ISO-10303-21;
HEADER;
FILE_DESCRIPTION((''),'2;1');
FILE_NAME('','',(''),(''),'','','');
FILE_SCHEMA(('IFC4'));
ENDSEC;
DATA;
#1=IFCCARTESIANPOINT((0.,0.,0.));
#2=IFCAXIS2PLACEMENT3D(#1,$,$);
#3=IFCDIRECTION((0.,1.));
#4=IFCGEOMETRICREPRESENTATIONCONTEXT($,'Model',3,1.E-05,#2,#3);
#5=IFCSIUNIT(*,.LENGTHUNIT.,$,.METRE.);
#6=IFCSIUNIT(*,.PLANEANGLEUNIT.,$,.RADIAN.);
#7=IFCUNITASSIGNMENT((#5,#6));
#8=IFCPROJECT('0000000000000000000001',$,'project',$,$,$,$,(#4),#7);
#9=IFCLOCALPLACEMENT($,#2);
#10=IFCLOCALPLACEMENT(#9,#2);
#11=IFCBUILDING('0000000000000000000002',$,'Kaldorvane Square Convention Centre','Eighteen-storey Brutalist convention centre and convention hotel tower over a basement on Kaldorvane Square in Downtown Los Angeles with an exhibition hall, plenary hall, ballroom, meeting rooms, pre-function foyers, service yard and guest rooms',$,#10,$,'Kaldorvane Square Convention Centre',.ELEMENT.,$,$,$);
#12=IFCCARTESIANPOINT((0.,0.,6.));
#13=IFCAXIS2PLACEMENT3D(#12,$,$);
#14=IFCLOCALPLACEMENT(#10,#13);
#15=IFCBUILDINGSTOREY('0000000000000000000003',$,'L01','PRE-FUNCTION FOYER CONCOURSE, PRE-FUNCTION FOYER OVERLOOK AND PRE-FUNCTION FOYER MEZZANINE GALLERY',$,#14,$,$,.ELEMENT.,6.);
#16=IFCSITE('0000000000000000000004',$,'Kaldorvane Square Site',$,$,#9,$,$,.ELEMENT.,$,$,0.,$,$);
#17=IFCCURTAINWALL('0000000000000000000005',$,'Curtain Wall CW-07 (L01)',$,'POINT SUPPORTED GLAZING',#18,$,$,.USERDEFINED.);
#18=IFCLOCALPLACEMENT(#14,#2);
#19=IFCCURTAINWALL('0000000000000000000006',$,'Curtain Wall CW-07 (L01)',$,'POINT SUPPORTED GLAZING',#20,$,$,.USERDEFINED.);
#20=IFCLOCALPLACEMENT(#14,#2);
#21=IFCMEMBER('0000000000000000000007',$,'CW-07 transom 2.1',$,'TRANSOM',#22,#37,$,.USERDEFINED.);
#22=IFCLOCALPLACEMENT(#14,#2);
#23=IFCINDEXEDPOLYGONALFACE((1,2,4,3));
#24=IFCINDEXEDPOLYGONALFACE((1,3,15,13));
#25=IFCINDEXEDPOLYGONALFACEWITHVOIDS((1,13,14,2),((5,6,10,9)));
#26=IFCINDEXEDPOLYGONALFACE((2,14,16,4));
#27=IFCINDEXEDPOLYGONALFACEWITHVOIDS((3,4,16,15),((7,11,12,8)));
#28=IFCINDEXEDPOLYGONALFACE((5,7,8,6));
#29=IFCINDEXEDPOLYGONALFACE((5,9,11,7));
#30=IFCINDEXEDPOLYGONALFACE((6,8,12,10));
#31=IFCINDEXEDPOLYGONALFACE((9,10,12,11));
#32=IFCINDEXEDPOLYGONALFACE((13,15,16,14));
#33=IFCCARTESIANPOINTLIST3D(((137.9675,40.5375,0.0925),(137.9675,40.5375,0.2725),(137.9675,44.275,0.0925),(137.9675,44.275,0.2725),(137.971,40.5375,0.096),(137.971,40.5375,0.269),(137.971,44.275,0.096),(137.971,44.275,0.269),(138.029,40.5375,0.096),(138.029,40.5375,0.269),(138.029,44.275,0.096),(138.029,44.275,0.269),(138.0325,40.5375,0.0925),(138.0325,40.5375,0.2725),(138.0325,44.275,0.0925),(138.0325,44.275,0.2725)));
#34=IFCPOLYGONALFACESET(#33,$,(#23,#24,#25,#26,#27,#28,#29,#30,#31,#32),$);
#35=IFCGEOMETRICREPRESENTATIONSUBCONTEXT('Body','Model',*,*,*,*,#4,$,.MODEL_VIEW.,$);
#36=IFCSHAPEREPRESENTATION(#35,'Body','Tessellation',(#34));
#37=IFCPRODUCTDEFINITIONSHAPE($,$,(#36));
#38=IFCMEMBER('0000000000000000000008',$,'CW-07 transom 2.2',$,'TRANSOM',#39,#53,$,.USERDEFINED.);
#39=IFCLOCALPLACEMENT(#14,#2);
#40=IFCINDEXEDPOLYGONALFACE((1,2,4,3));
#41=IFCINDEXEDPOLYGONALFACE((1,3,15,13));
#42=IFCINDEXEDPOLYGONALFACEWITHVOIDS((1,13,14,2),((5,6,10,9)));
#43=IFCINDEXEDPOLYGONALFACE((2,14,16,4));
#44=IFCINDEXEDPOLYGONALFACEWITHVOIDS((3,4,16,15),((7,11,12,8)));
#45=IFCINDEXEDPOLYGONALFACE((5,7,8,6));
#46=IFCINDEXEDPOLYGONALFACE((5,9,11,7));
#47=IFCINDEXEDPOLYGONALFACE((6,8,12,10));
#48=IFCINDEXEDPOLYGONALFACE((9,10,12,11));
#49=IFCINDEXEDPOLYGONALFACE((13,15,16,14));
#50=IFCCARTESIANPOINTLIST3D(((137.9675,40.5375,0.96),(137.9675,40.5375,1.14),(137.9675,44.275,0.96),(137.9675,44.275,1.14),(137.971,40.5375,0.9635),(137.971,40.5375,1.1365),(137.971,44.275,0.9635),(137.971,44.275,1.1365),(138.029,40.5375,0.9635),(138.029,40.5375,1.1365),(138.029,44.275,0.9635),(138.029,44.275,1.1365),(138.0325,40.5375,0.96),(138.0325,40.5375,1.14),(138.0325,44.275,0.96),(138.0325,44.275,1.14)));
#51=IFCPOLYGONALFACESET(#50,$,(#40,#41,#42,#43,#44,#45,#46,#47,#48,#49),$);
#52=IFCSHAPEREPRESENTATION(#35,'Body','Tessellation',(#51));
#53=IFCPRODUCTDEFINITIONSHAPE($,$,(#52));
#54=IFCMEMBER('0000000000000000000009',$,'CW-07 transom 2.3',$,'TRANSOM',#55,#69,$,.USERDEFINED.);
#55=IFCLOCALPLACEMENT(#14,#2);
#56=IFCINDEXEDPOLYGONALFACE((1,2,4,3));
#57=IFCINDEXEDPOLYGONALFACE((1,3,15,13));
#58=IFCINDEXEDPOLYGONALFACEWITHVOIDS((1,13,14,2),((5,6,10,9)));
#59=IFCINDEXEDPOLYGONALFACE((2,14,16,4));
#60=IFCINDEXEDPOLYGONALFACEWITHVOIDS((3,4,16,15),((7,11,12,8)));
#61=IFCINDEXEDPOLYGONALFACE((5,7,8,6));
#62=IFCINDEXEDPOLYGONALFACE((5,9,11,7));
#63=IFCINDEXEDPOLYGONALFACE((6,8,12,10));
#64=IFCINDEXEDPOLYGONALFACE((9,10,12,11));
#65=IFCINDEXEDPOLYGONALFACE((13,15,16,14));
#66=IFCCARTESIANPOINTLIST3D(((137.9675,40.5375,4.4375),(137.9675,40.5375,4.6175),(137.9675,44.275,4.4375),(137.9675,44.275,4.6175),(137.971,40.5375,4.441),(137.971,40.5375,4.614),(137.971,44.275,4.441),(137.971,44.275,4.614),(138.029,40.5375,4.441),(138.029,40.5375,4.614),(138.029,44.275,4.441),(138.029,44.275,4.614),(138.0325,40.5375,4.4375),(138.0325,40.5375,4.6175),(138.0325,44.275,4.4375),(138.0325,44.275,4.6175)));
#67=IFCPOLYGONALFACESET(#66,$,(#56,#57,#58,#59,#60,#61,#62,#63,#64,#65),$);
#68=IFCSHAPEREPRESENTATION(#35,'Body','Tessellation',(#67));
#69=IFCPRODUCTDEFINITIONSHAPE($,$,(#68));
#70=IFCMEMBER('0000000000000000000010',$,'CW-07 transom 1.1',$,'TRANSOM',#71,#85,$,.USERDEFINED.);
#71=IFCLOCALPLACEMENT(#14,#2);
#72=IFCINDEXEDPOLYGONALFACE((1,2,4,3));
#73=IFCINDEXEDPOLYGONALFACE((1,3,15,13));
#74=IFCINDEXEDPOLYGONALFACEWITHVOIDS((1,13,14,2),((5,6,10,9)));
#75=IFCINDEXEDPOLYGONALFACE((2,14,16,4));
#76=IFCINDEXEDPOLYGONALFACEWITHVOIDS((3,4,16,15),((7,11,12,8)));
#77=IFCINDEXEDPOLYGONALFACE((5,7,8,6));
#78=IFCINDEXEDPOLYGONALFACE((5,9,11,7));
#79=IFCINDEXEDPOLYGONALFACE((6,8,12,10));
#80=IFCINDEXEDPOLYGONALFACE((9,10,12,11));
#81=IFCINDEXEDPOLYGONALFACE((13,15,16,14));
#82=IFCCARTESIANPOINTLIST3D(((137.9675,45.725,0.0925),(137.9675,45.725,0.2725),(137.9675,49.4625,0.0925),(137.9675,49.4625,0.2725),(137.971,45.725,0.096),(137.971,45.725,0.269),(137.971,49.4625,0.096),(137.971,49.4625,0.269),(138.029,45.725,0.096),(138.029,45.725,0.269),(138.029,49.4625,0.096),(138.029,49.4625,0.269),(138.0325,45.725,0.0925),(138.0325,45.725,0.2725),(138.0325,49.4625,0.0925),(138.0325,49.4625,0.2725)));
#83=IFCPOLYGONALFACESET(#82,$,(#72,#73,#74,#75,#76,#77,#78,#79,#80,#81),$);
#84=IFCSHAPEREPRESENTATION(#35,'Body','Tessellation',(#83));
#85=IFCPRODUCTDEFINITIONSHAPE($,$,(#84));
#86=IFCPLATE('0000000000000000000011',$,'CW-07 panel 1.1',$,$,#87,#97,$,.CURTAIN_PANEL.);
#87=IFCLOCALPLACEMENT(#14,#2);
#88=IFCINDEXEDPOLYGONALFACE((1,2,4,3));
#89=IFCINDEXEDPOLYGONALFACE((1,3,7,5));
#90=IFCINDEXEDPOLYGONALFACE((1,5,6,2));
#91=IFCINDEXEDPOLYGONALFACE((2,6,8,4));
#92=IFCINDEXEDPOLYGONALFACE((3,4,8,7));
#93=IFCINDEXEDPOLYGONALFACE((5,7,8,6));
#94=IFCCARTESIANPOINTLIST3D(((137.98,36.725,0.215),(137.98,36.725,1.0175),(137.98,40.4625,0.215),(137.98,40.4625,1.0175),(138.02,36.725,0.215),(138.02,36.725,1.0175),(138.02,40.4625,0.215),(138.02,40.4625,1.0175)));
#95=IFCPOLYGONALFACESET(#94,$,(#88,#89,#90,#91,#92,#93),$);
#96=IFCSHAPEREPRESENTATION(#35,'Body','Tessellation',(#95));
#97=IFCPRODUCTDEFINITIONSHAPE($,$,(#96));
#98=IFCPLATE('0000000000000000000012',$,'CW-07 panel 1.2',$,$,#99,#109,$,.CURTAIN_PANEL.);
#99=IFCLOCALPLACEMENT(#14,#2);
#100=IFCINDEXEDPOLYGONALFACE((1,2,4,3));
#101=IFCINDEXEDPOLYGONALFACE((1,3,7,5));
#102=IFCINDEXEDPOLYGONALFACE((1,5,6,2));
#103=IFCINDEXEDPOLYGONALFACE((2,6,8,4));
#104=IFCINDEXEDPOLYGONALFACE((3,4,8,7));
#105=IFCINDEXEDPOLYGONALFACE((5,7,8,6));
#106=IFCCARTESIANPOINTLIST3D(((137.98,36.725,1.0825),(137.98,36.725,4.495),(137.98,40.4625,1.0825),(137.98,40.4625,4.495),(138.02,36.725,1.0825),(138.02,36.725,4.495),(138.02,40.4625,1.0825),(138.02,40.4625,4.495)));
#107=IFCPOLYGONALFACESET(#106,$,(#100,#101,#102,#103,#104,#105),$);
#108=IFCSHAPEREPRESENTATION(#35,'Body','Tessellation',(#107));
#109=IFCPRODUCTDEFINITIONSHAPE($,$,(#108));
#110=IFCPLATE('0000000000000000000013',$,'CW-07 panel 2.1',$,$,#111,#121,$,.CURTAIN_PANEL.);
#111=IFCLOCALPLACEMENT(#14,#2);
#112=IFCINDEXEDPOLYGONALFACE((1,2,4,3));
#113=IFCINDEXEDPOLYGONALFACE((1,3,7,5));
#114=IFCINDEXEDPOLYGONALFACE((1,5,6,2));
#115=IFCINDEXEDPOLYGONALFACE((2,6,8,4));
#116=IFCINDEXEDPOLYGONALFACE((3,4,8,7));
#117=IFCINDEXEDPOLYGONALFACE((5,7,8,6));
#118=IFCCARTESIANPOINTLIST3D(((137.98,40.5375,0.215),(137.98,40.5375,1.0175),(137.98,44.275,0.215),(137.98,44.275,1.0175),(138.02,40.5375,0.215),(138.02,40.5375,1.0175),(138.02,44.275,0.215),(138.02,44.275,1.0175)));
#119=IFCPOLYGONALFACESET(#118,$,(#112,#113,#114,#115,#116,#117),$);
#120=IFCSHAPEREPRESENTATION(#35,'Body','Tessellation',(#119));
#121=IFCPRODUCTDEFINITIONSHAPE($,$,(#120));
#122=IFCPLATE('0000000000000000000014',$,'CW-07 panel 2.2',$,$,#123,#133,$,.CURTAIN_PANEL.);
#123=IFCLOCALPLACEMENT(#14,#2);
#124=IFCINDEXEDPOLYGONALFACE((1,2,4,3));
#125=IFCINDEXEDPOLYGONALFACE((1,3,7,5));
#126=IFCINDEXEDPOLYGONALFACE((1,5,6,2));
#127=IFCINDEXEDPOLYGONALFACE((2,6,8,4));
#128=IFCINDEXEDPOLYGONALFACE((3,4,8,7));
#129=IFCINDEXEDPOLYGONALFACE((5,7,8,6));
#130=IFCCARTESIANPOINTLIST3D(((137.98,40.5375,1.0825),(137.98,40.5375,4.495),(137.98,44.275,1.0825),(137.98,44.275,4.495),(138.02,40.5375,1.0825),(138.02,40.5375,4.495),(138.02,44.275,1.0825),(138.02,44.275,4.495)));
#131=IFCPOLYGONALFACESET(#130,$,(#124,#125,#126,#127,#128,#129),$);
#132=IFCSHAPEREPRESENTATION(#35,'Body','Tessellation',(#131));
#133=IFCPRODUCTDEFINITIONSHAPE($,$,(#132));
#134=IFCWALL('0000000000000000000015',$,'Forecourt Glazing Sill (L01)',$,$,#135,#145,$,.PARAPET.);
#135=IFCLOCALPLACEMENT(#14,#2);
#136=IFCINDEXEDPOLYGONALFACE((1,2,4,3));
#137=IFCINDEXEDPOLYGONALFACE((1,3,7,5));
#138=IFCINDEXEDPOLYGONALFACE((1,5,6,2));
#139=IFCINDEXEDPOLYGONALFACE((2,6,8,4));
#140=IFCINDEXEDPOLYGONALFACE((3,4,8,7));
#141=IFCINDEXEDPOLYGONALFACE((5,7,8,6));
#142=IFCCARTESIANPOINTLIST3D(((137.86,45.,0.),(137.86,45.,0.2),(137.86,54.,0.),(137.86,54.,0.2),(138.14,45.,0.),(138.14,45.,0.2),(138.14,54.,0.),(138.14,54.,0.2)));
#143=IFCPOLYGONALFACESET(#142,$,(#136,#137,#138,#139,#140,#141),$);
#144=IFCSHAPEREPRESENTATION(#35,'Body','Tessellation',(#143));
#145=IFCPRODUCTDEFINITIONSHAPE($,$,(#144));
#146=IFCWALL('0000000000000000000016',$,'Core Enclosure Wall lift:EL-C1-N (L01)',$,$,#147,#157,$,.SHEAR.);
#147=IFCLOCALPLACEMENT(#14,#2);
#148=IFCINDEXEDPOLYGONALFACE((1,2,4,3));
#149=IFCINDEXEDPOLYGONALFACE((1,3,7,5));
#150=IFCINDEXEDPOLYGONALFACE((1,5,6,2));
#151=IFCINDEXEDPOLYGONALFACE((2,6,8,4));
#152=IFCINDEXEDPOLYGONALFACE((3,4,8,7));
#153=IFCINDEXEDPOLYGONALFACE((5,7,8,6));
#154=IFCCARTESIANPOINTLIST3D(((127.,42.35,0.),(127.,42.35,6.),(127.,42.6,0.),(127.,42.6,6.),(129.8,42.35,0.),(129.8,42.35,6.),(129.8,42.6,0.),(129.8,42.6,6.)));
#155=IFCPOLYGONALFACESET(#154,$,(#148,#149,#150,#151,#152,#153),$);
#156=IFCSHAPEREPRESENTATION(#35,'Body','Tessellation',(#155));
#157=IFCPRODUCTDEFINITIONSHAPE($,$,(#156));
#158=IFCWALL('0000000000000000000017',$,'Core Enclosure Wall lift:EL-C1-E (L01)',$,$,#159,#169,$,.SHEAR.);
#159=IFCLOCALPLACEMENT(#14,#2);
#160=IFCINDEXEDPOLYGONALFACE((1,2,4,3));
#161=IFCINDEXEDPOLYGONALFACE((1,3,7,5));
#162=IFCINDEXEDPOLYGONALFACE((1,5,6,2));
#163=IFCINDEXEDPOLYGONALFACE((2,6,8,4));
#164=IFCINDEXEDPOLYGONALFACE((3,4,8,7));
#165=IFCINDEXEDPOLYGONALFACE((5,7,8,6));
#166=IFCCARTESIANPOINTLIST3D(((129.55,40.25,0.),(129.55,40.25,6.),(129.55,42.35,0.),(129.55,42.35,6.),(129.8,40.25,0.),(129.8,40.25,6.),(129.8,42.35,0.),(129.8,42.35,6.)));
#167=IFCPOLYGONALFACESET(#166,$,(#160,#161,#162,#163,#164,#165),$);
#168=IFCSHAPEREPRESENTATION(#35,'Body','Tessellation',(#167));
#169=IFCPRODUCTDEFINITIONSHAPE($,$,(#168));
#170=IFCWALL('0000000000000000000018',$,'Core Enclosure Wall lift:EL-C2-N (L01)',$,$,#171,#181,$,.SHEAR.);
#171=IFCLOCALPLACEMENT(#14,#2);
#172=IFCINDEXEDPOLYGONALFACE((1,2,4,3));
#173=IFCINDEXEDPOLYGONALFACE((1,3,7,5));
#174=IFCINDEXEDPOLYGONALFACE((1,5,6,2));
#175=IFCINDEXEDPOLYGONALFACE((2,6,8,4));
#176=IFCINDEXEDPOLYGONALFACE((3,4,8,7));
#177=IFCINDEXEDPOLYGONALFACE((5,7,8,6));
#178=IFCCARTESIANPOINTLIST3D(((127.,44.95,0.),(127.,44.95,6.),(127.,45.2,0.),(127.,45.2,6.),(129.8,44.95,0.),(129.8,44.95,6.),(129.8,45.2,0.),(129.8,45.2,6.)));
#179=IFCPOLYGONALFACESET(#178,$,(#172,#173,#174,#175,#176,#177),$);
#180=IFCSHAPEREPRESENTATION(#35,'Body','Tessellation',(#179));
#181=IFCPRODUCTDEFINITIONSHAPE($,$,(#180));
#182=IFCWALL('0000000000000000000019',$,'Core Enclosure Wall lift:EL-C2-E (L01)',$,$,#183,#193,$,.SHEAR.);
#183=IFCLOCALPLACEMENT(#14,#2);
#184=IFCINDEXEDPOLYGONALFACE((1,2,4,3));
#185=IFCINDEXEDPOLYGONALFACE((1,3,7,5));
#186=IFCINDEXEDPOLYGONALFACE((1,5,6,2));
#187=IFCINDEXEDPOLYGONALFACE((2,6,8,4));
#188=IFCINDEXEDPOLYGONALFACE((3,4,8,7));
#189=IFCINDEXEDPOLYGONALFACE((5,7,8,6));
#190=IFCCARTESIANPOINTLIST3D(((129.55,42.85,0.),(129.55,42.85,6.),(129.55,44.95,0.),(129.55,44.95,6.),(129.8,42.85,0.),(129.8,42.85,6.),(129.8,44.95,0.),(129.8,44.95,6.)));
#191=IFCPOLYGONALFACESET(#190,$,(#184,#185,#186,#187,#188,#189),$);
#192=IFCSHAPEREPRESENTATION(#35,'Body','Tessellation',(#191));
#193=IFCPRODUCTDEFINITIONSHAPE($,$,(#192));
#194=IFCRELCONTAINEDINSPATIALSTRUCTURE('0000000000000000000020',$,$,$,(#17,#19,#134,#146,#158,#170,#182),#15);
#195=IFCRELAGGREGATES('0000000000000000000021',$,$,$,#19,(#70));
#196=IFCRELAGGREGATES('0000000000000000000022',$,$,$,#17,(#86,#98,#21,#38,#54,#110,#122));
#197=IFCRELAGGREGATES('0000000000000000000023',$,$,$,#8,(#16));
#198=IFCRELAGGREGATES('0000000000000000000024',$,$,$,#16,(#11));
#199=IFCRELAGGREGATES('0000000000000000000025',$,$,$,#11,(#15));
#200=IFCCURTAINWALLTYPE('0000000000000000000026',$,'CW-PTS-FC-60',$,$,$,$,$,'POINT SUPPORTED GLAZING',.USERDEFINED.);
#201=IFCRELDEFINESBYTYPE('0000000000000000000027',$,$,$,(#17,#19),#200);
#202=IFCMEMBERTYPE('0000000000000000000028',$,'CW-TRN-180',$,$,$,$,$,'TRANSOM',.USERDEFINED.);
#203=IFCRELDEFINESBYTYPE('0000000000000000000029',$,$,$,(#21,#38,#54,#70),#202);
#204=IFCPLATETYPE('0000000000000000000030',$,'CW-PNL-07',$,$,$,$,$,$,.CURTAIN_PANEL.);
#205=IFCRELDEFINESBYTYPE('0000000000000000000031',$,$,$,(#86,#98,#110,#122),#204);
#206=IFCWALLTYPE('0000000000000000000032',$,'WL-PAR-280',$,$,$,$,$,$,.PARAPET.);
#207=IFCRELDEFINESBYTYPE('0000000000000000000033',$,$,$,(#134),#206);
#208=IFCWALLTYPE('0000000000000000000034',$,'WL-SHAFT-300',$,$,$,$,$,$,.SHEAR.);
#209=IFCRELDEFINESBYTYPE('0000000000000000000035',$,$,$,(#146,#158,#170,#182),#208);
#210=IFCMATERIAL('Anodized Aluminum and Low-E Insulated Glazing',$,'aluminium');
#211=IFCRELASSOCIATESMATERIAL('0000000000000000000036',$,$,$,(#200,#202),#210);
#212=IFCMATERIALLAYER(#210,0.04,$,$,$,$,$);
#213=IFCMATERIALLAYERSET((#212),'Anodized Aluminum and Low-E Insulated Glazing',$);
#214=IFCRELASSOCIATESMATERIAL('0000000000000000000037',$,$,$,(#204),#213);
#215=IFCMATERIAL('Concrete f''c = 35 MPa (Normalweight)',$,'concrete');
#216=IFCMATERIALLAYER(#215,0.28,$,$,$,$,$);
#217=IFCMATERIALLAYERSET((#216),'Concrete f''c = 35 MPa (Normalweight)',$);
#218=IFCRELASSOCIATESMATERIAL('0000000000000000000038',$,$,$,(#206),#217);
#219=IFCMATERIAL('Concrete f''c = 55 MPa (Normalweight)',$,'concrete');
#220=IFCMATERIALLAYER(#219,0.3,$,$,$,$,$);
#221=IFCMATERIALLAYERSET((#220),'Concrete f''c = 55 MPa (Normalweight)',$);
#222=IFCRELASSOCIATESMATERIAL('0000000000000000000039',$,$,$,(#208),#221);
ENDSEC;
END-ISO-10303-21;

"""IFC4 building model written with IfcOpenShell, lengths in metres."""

from ifc_helpers import new_model, si_unit, direction, frame, frame_2d, origin, origin_2d, place, context, subcontext, project, spatial, rectangle, hollow_rectangle, extrude, material, layer, layer_set, material_profile, profile_set, type_object, element, aggregate, save


model = new_model("IFC4")

# Units and contexts
model_context = context("Model", 3, precision=1e-05, world=origin(), true_north=direction((0.0, 1.0)))
body_context = subcontext(model_context, "Body", "Model", "MODEL_VIEW")
ifc_project = project(units=[si_unit("LENGTHUNIT", "METRE"), si_unit("PLANEANGLEUNIT", "RADIAN")], contexts=[model_context])

# Site, building, storey
site_placement = place(None, origin())
site = spatial("IfcSite", under=ifc_project, at=site_placement, Name="Kaldorvane Square Site", CompositionType="ELEMENT", RefElevation=0.0)
building_placement = place(site_placement, origin())
building = spatial("IfcBuilding", under=site, at=building_placement, Name="Kaldorvane Square Convention Centre", Description="Eighteen-storey Brutalist convention centre and convention hotel tower over a basement on Kaldorvane Square in Downtown Los Angeles with an exhibition hall, plenary hall, ballroom, meeting rooms, pre-function foyers, service yard and guest rooms", LongName="Kaldorvane Square Convention Centre", CompositionType="ELEMENT")
storey_placement = place(building_placement, frame((0.0, 0.0, 6.0)))
storey = spatial("IfcBuildingStorey", under=building, at=storey_placement, Name="L01", Description="PRE-FUNCTION FOYER CONCOURSE, PRE-FUNCTION FOYER OVERLOOK AND PRE-FUNCTION FOYER MEZZANINE GALLERY", CompositionType="ELEMENT", Elevation=6.0)

# Curtain wall
ifc_material_1 = material(Name="Anodized Aluminum and Low-E Insulated Glazing", Category="aluminium")
curtain_wall_type = type_object("IfcCurtainWallType", Name="CW-PTS-FC-60", ElementType="POINT SUPPORTED GLAZING", PredefinedType="USERDEFINED", material=ifc_material_1)
curtain_wall_1_placement = place(storey_placement, origin())
curtain_wall_1 = element("IfcCurtainWall", 1, at=curtain_wall_1_placement, inside=storey, type_object=curtain_wall_type, Name="Curtain Wall CW-07 (L01)", ObjectType="POINT SUPPORTED GLAZING", PredefinedType="USERDEFINED")

# Curtain wall
curtain_wall_2_placement = place(storey_placement, origin())
curtain_wall_2 = element("IfcCurtainWall", 2, at=curtain_wall_2_placement, inside=storey, type_object=curtain_wall_type, Name="Curtain Wall CW-07 (L01)", ObjectType="POINT SUPPORTED GLAZING", PredefinedType="USERDEFINED")

# Members
ifc_material_profile_1 = material_profile(ifc_material_1, hollow_rectangle(XDim=0.065, YDim=0.18, WallThickness=0.0035, at=origin_2d()), Name="CWT-180X65")
ifc_profile_set_1 = profile_set([ifc_material_profile_1], Name="Anodized Aluminum and Low-E Insulated Glazing")
member_type_1 = type_object("IfcMemberType", Name="CW-TRN-180", ElementType="TRANSOM", PredefinedType="USERDEFINED", material=ifc_profile_set_1)
member_1_placement = place(storey_placement, frame((138.0, 40.5375, 0.1825), z_axis=(0.0, 1.0, 0.0), x_axis=(-1.0, 0.0, 0.0)))
member_1 = element("IfcMember", 3, at=member_1_placement, type_object=member_type_1, Name="CW-07 transom 2.1", ObjectType="TRANSOM", PredefinedType="USERDEFINED", context=body_context, shape_type="SweptSolid", body=[
    extrude(hollow_rectangle(XDim=0.065, YDim=0.18, WallThickness=0.0035, at=origin_2d()), origin(), (0.0, 0.0, 1.0), 3.7375),
])
member_2_placement = place(storey_placement, frame((138.0, 40.5375, 1.05), z_axis=(0.0, 1.0, 0.0), x_axis=(-1.0, 0.0, 0.0)))
member_2 = element("IfcMember", 4, at=member_2_placement, type_object=member_type_1, Name="CW-07 transom 2.2", ObjectType="TRANSOM", PredefinedType="USERDEFINED", context=body_context, shape_type="SweptSolid", body=[
    extrude(hollow_rectangle(XDim=0.065, YDim=0.18, WallThickness=0.0035, at=origin_2d()), origin(), (0.0, 0.0, 1.0), 3.7375),
])
member_3_placement = place(storey_placement, frame((138.0, 40.5375, 4.5275), z_axis=(0.0, 1.0, 0.0), x_axis=(-1.0, 0.0, 0.0)))
member_3 = element("IfcMember", 5, at=member_3_placement, type_object=member_type_1, Name="CW-07 transom 2.3", ObjectType="TRANSOM", PredefinedType="USERDEFINED", context=body_context, shape_type="SweptSolid", body=[
    extrude(hollow_rectangle(XDim=0.065, YDim=0.18, WallThickness=0.0035, at=origin_2d()), origin(), (0.0, 0.0, 1.0), 3.7375),
])
member_4_placement = place(storey_placement, frame((138.0, 45.725, 0.1825), z_axis=(0.0, 1.0, 0.0), x_axis=(-1.0, 0.0, 0.0)))
member_4 = element("IfcMember", 6, at=member_4_placement, type_object=member_type_1, Name="CW-07 transom 1.1", ObjectType="TRANSOM", PredefinedType="USERDEFINED", context=body_context, shape_type="SweptSolid", body=[
    extrude(hollow_rectangle(XDim=0.065, YDim=0.18, WallThickness=0.0035, at=origin_2d()), origin(), (0.0, 0.0, 1.0), 3.7375),
])
aggregate(curtain_wall_2, [member_4])

# Plates
ifc_layer_1 = layer(ifc_material_1, 0.04)
ifc_layer_set_1 = layer_set([ifc_layer_1], Name="Anodized Aluminum and Low-E Insulated Glazing")
plate_type = type_object("IfcPlateType", Name="CW-PNL-07", PredefinedType="CURTAIN_PANEL", material=ifc_layer_set_1)
plate_1_placement = place(storey_placement, frame((138.0, 38.5938, 0.215), z_axis=(0.0, 0.0, 1.0), x_axis=(0.0, 1.0, 0.0)))
plate_1 = element("IfcPlate", 7, at=plate_1_placement, type_object=plate_type, Name="CW-07 panel 1.1", PredefinedType="CURTAIN_PANEL", context=body_context, shape_type="SweptSolid", body=[
    extrude(rectangle(XDim=3.7375, YDim=0.04, at=origin_2d()), origin(), (0.0, 0.0, 1.0), 0.8025),
])
plate_2_placement = place(storey_placement, frame((138.0, 38.5938, 1.0825), z_axis=(0.0, 0.0, 1.0), x_axis=(0.0, 1.0, 0.0)))
plate_2 = element("IfcPlate", 8, at=plate_2_placement, type_object=plate_type, Name="CW-07 panel 1.2", PredefinedType="CURTAIN_PANEL", context=body_context, shape_type="SweptSolid", body=[
    extrude(rectangle(XDim=3.7375, YDim=0.04, at=origin_2d()), origin(), (0.0, 0.0, 1.0), 3.4125),
])
plate_3_placement = place(storey_placement, frame((138.0, 42.4062, 0.215), z_axis=(0.0, 0.0, 1.0), x_axis=(0.0, 1.0, 0.0)))
plate_3 = element("IfcPlate", 9, at=plate_3_placement, type_object=plate_type, Name="CW-07 panel 2.1", PredefinedType="CURTAIN_PANEL", context=body_context, shape_type="SweptSolid", body=[
    extrude(rectangle(XDim=3.7375, YDim=0.04, at=origin_2d()), origin(), (0.0, 0.0, 1.0), 0.8025),
])
plate_4_placement = place(storey_placement, frame((138.0, 42.4062, 1.0825), z_axis=(0.0, 0.0, 1.0), x_axis=(0.0, 1.0, 0.0)))
plate_4 = element("IfcPlate", 10, at=plate_4_placement, type_object=plate_type, Name="CW-07 panel 2.2", PredefinedType="CURTAIN_PANEL", context=body_context, shape_type="SweptSolid", body=[
    extrude(rectangle(XDim=3.7375, YDim=0.04, at=origin_2d()), origin(), (0.0, 0.0, 1.0), 3.4125),
])
aggregate(curtain_wall_1, [plate_1, plate_2, member_1, member_2, member_3, plate_3, plate_4])

# Walls
ifc_material_2 = material(Name="Concrete f'c = 35 MPa (Normalweight)", Category="concrete")
ifc_layer_2 = layer(ifc_material_2, 0.28)
ifc_layer_set_2 = layer_set([ifc_layer_2], Name="Concrete f'c = 35 MPa (Normalweight)")
wall_type_1 = type_object("IfcWallType", Name="WL-PAR-280", PredefinedType="PARAPET", material=ifc_layer_set_2)
wall_1_placement = place(storey_placement, frame((138.0, 45.0, 0.0), z_axis=(0.0, 0.0, 1.0), x_axis=(0.0, 1.0, 0.0)))
element("IfcWall", 11, at=wall_1_placement, inside=storey, type_object=wall_type_1, Name="Forecourt Glazing Sill (L01)", PredefinedType="PARAPET", context=body_context, shape_type="SweptSolid", body=[
    extrude(rectangle(XDim=9.0, YDim=0.28, at=frame_2d((4.5, 0.0))), origin(), (0.0, 0.0, 1.0), 0.2),
])
ifc_material_3 = material(Name="Concrete f'c = 55 MPa (Normalweight)", Category="concrete")
ifc_layer_3 = layer(ifc_material_3, 0.3)
ifc_layer_set_3 = layer_set([ifc_layer_3], Name="Concrete f'c = 55 MPa (Normalweight)")
wall_type_2 = type_object("IfcWallType", Name="WL-SHAFT-300", PredefinedType="SHEAR", material=ifc_layer_set_3)
wall_2_placement = place(storey_placement, frame((129.8, 42.475, 0.0), z_axis=(0.0, 0.0, 1.0), x_axis=(-1.0, 0.0, 0.0)))
element("IfcWall", 12, at=wall_2_placement, inside=storey, type_object=wall_type_2, Name="Core Enclosure Wall lift:EL-C1-N (L01)", PredefinedType="SHEAR", context=body_context, shape_type="SweptSolid", body=[
    extrude(rectangle(XDim=2.8, YDim=0.25, at=frame_2d((1.4, 0.0))), origin(), (0.0, 0.0, 1.0), 6.0),
])
wall_3_placement = place(storey_placement, frame((129.675, 40.25, 0.0), z_axis=(0.0, 0.0, 1.0), x_axis=(0.0, 1.0, 0.0)))
element("IfcWall", 13, at=wall_3_placement, inside=storey, type_object=wall_type_2, Name="Core Enclosure Wall lift:EL-C1-E (L01)", PredefinedType="SHEAR", context=body_context, shape_type="SweptSolid", body=[
    extrude(rectangle(XDim=2.1, YDim=0.25, at=frame_2d((1.05, 0.0))), origin(), (0.0, 0.0, 1.0), 6.0),
])
wall_4_placement = place(storey_placement, frame((129.8, 45.075, 0.0), z_axis=(0.0, 0.0, 1.0), x_axis=(-1.0, 0.0, 0.0)))
element("IfcWall", 14, at=wall_4_placement, inside=storey, type_object=wall_type_2, Name="Core Enclosure Wall lift:EL-C2-N (L01)", PredefinedType="SHEAR", context=body_context, shape_type="SweptSolid", body=[
    extrude(rectangle(XDim=2.8, YDim=0.25, at=frame_2d((1.4, 0.0))), origin(), (0.0, 0.0, 1.0), 6.0),
])
wall_5_placement = place(storey_placement, frame((129.675, 42.85, 0.0), z_axis=(0.0, 0.0, 1.0), x_axis=(0.0, 1.0, 0.0)))
element("IfcWall", 15, at=wall_5_placement, inside=storey, type_object=wall_type_2, Name="Core Enclosure Wall lift:EL-C2-E (L01)", PredefinedType="SHEAR", context=body_context, shape_type="SweptSolid", body=[
    extrude(rectangle(XDim=2.1, YDim=0.25, at=frame_2d((1.05, 0.0))), origin(), (0.0, 0.0, 1.0), 6.0),
])

save(model, "model.ifc")
